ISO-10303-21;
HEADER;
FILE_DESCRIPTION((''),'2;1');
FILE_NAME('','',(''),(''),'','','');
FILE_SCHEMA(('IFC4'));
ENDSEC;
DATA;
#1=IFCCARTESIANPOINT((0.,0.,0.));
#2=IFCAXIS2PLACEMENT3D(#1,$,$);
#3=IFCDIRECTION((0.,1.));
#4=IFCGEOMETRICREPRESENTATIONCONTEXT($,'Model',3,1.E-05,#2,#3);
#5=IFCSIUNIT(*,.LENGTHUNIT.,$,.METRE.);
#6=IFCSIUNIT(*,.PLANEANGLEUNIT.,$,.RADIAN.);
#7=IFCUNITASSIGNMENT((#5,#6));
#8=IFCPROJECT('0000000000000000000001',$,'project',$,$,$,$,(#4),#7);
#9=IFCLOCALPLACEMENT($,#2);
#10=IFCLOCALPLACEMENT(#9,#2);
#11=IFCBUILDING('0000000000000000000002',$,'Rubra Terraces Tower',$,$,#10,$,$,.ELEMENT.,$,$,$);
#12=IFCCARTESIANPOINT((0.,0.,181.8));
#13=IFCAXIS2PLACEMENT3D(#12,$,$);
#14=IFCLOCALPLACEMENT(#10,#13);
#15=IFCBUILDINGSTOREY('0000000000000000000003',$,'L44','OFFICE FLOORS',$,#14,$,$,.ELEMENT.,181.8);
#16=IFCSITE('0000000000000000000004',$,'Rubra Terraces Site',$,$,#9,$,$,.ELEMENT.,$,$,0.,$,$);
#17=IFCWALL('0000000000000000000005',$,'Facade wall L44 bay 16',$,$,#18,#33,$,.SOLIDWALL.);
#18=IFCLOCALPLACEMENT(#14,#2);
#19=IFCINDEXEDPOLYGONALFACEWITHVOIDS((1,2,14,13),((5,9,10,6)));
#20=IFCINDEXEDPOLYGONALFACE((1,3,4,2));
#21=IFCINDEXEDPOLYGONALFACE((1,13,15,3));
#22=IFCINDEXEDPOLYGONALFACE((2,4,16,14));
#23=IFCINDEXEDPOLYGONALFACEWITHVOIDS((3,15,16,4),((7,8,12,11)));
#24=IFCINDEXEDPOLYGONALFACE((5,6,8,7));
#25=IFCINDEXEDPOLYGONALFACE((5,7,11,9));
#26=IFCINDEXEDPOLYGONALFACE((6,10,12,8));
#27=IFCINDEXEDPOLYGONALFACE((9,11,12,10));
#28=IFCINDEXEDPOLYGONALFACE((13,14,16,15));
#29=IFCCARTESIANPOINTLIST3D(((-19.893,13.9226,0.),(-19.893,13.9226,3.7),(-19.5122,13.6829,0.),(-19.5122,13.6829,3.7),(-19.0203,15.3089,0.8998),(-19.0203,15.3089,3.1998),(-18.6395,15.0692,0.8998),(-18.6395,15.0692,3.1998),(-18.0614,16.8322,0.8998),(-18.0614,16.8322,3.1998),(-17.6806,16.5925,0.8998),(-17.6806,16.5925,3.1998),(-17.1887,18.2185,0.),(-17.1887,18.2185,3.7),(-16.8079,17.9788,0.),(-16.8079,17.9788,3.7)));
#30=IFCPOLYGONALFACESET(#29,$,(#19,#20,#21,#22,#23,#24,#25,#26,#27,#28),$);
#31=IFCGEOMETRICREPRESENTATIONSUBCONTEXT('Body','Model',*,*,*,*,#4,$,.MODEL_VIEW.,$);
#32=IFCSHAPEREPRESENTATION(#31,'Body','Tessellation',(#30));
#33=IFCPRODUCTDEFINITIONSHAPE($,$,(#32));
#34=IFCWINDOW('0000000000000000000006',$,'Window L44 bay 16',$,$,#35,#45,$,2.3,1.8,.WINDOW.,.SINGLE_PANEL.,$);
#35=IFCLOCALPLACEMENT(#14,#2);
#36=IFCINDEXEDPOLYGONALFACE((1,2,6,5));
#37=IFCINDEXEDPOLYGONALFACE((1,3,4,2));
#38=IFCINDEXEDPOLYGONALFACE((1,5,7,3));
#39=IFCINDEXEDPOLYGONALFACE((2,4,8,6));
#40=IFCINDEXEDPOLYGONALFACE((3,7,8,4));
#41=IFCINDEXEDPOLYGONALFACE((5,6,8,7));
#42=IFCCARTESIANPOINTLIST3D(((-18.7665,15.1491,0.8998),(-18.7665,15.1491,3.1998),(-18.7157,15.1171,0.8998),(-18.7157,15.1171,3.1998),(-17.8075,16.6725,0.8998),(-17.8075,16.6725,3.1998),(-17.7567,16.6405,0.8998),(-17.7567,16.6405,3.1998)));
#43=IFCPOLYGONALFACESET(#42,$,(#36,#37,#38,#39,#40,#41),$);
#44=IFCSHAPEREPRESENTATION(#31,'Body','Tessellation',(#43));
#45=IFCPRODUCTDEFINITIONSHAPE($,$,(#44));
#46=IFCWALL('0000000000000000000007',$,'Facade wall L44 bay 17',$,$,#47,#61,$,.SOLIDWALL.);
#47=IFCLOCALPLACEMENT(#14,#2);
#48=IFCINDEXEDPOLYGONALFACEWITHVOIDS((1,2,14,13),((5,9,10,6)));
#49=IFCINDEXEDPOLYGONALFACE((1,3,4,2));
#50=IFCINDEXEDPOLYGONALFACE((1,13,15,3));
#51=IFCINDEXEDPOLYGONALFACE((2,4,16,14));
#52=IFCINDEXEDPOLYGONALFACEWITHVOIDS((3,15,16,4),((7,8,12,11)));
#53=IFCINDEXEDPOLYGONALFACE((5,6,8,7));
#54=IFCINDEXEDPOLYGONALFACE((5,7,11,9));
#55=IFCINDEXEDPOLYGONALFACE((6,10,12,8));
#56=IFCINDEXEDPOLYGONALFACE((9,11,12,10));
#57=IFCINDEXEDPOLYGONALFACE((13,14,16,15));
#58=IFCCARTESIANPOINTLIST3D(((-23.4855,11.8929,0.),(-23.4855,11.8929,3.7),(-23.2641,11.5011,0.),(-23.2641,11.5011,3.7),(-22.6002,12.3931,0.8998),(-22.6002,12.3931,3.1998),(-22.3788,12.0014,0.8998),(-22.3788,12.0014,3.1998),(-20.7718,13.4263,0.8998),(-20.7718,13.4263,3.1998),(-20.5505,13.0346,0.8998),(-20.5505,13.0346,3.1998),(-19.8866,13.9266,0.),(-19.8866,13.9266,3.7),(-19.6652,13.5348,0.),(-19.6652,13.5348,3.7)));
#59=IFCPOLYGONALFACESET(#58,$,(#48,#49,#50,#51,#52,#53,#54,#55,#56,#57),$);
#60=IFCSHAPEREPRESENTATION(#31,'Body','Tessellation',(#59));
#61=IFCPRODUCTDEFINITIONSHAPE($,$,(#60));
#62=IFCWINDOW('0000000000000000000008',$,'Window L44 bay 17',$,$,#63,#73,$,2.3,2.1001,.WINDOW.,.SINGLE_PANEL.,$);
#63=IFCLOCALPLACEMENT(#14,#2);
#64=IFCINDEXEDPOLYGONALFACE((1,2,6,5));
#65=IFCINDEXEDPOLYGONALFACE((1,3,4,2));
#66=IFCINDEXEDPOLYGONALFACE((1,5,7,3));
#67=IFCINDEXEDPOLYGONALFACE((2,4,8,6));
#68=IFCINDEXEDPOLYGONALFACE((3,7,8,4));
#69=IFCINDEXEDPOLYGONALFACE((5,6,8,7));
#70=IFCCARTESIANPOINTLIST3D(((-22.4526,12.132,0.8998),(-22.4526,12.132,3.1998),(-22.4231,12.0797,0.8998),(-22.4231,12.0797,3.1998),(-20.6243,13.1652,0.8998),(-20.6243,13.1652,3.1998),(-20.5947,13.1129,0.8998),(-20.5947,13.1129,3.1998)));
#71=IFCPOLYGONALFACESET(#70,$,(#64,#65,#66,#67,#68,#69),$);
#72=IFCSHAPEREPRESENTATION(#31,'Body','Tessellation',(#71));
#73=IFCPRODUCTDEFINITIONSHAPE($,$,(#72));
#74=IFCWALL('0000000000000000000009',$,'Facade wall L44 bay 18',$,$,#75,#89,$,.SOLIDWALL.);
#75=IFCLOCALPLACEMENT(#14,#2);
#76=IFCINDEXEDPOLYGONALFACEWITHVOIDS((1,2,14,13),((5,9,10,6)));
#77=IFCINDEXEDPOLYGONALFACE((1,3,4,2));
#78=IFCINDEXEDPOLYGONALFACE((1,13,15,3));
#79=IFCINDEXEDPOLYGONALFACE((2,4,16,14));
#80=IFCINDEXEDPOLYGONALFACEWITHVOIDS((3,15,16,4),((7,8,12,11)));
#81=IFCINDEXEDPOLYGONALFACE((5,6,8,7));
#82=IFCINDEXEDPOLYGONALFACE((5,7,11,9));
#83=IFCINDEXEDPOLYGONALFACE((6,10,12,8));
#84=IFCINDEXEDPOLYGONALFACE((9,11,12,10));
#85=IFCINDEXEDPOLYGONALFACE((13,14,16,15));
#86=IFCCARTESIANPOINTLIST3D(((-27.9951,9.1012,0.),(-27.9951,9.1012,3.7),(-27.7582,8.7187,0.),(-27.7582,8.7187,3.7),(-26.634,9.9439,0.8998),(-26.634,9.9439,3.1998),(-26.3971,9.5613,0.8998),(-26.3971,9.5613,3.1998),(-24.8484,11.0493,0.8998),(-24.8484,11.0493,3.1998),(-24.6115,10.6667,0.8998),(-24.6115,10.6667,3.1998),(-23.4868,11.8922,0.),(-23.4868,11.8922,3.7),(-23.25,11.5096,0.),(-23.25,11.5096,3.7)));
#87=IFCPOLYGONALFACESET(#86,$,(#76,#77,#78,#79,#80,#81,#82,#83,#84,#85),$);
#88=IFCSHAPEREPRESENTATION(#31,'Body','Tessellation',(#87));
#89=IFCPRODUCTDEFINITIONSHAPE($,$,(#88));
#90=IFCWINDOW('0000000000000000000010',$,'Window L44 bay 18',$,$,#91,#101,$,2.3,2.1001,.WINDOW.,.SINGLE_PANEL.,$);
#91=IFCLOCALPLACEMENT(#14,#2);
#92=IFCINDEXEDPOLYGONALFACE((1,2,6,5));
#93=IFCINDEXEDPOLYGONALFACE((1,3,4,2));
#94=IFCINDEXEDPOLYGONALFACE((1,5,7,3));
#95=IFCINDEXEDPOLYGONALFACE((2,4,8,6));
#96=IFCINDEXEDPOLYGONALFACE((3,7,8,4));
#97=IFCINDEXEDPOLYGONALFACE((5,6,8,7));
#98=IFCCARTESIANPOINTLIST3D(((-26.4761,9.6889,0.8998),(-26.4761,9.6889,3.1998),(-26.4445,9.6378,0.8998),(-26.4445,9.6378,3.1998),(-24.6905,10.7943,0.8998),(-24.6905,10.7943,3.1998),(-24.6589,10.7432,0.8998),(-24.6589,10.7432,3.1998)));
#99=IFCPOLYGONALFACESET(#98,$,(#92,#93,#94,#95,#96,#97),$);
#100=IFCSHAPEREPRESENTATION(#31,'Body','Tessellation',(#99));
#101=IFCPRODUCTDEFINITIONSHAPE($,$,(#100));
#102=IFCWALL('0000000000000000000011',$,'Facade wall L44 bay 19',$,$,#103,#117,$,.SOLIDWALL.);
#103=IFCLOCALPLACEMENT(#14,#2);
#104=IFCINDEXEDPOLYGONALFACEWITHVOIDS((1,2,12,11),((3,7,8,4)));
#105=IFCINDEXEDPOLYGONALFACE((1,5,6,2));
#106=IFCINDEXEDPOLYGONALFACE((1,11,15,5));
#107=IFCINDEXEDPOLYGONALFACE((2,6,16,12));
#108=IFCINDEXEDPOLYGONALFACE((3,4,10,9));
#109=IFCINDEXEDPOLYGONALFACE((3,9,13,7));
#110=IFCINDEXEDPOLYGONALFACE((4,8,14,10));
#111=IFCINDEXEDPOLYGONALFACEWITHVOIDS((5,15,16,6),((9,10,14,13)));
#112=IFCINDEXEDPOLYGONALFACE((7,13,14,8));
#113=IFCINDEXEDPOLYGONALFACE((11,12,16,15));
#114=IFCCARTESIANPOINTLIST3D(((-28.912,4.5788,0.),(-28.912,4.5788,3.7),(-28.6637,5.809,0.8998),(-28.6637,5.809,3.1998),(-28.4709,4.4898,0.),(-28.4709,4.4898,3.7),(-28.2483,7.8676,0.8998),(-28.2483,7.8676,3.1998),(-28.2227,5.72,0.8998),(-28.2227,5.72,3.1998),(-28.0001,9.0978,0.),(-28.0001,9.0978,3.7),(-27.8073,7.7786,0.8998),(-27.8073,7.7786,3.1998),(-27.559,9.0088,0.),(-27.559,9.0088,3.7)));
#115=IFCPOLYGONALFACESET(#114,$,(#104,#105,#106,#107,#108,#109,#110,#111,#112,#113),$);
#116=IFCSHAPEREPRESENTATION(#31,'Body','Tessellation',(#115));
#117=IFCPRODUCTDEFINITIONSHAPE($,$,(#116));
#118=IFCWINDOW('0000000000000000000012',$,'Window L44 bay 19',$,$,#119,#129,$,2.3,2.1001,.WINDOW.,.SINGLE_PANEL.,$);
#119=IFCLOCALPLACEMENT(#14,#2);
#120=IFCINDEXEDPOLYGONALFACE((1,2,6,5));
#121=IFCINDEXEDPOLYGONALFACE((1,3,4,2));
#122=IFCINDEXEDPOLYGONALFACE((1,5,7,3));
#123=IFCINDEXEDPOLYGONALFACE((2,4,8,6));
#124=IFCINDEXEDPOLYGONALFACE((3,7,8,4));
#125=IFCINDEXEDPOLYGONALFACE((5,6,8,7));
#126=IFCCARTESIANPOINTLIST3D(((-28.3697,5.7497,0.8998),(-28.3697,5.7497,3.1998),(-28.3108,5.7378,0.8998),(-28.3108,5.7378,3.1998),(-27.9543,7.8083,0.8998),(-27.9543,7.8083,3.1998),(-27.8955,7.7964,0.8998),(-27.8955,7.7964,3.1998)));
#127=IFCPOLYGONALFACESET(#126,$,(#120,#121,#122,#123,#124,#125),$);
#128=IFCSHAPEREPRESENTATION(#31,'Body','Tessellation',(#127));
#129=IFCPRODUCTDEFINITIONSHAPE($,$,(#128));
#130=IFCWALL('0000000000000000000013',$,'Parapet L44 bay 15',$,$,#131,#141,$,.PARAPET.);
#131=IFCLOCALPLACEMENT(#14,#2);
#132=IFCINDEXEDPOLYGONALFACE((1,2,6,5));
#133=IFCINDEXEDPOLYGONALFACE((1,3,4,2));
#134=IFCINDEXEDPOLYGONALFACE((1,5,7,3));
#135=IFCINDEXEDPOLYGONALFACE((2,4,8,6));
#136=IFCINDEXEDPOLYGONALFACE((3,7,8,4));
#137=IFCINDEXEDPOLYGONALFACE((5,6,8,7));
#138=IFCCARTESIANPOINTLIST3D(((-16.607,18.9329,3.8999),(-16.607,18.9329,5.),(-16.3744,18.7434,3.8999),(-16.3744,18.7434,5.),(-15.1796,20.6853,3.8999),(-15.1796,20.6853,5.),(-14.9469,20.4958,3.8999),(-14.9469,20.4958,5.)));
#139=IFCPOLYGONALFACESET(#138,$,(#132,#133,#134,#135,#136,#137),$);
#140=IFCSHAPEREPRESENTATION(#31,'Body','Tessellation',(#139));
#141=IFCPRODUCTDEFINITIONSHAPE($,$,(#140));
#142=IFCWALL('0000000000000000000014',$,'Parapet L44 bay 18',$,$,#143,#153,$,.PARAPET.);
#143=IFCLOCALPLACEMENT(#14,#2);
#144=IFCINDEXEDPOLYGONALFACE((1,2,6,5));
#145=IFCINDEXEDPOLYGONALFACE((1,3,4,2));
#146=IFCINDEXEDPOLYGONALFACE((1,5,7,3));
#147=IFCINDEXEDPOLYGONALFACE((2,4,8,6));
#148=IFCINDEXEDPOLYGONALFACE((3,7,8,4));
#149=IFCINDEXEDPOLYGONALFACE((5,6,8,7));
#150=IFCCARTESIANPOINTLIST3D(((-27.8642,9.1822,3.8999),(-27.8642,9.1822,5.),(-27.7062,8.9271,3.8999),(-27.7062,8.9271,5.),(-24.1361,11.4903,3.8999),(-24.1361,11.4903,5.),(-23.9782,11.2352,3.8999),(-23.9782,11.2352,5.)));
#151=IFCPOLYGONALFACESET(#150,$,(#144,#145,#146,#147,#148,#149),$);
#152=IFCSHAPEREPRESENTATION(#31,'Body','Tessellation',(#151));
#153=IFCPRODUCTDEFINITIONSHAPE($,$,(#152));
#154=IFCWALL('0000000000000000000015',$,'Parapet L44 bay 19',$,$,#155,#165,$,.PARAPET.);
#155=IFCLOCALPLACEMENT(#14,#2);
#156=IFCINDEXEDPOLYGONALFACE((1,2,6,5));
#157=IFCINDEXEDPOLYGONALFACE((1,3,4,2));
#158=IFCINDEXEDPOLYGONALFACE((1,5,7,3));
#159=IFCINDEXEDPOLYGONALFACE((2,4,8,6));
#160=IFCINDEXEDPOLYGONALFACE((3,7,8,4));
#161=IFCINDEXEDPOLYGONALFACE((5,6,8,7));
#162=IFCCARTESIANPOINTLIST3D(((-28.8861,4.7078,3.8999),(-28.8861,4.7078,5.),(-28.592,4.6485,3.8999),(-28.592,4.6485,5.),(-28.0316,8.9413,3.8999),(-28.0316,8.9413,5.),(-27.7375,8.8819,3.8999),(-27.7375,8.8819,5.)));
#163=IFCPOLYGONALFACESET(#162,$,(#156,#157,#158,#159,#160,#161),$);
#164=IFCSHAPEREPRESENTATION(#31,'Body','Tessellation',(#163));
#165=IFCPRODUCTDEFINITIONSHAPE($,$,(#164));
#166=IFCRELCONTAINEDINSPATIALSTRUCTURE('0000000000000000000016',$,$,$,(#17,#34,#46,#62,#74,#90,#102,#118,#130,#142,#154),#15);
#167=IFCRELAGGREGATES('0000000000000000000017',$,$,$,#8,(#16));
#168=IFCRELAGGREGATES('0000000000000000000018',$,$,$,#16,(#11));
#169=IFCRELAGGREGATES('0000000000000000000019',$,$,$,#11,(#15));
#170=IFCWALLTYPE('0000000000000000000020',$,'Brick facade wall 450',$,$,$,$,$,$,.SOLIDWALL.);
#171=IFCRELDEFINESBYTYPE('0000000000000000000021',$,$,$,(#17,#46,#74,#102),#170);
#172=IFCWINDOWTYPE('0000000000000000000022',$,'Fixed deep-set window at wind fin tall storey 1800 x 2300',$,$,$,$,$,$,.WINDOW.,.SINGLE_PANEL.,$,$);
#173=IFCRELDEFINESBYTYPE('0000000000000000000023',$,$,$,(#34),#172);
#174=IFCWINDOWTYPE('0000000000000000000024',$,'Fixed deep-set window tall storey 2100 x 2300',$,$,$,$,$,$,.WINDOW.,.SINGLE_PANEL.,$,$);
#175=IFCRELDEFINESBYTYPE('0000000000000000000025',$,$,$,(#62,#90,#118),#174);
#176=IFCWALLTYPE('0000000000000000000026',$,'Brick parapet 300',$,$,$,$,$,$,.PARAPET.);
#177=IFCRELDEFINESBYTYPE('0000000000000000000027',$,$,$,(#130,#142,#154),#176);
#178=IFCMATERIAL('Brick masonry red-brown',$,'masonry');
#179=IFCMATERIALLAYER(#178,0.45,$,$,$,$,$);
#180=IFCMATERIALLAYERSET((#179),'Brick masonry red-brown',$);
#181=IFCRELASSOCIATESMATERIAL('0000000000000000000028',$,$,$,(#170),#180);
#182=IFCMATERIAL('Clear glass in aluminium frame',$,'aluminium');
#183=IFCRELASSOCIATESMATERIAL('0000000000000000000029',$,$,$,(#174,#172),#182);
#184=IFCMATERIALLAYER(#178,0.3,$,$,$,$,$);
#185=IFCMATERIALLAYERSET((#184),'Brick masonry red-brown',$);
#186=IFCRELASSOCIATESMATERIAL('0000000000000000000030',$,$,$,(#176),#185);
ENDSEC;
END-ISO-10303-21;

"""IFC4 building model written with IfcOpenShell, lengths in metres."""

from ifc_helpers import new_model, si_unit, direction, frame, frame_2d, origin, place, context, subcontext, project, spatial, rectangle, extrude, material, layer, layer_set, type_object, element, fill, save


model = new_model("IFC4")

# Units and contexts
model_context = context("Model", 3, precision=1e-05, world=origin(), true_north=direction((0.0, 1.0)))
body_context = subcontext(model_context, "Body", "Model", "MODEL_VIEW")
ifc_project = project(units=[si_unit("LENGTHUNIT", "METRE"), si_unit("PLANEANGLEUNIT", "RADIAN")], contexts=[model_context])

# Site, building, storey
site_placement = place(None, origin())
site = spatial("IfcSite", under=ifc_project, at=site_placement, Name="Rubra Terraces Site", CompositionType="ELEMENT", RefElevation=0.0)
building_placement = place(site_placement, origin())
building = spatial("IfcBuilding", under=site, at=building_placement, Name="Rubra Terraces Tower", CompositionType="ELEMENT")
storey_placement = place(building_placement, frame((0.0, 0.0, 181.8)))
storey = spatial("IfcBuildingStorey", under=building, at=storey_placement, Name="L44", Description="OFFICE FLOORS", CompositionType="ELEMENT", Elevation=181.8)

# Walls, openings, windows
ifc_material_1 = material(Name="Brick masonry red-brown", Category="masonry")
ifc_layer_1 = layer(ifc_material_1, 0.45)
ifc_layer_set_1 = layer_set([ifc_layer_1], Name="Brick masonry red-brown")
wall_type_1 = type_object("IfcWallType", Name="Brick facade wall 450", PredefinedType="SOLIDWALL", material=ifc_layer_set_1)
ifc_material_2 = material(Name="Clear glass in aluminium frame", Category="aluminium")
window_type_1 = type_object("IfcWindowType", Name="Fixed deep-set window tall storey 2100 x 2300", PartitioningType="SINGLE_PANEL", PredefinedType="WINDOW", material=ifc_material_2)
wall_1_placement = place(storey_placement, frame((-16.9983, 18.0986, 0.0), z_axis=(0.0, 0.0, 1.0), x_axis=(-0.532746, -0.846275, 0.0)))
wall_1 = element("IfcWall", 1, at=wall_1_placement, inside=storey, type_object=wall_type_1, Name="Facade wall L44 bay 16", PredefinedType="SOLIDWALL", context=body_context, shape_type="SweptSolid", body=[
    extrude(rectangle(XDim=5.0762, YDim=0.45, at=frame_2d((2.5381, 0.0))), origin(), (0.0, 0.0, 1.0), 3.7),
])
opening_1_placement = place(wall_1_placement, frame((1.6382, 0.0, 0.8999)))
opening_1 = element("IfcOpeningElement", 2, at=opening_1_placement, cuts=wall_1, PredefinedType="OPENING", context=body_context, shape_type="SweptSolid", body=[
    extrude(rectangle(XDim=1.8, YDim=2.3, at=frame_2d((0.8999, 1.1499))), frame((0.0, 0.2349, 0.0), z_axis=(0.0, -1.0, 0.0), x_axis=(1.0, 0.0, 0.0)), (0.0, 0.0, 1.0), 0.47),
])
window_type_2 = type_object("IfcWindowType", Name="Fixed deep-set window at wind fin tall storey 1800 x 2300", PartitioningType="SINGLE_PANEL", PredefinedType="WINDOW", material=ifc_material_2)
window_1_placement = place(opening_1_placement, origin())
window_1 = element("IfcWindow", 3, at=window_1_placement, inside=storey, type_object=window_type_2, Name="Window L44 bay 16", OverallHeight=2.3, OverallWidth=1.8, PartitioningType="SINGLE_PANEL", PredefinedType="WINDOW", context=body_context, shape_type="SweptSolid", body=[
    extrude(rectangle(XDim=1.8, YDim=2.3, at=frame_2d((0.8999, 1.1499))), frame((0.0, 0.135, 0.0), z_axis=(0.0, -1.0, 0.0), x_axis=(1.0, 0.0, 0.0)), (0.0, 0.0, 1.0), 0.0601),
])
fill(opening_1, window_1)
wall_2_placement = place(storey_placement, frame((-19.7759, 13.7307, 0.0), z_axis=(0.0, 0.0, 1.0), x_axis=(-0.87061, -0.491974, 0.0)))
wall_2 = element("IfcWall", 4, at=wall_2_placement, inside=storey, type_object=wall_type_1, Name="Facade wall L44 bay 17", PredefinedType="SOLIDWALL", context=body_context, shape_type="SweptSolid", body=[
    extrude(rectangle(XDim=4.1338, YDim=0.45, at=frame_2d((2.0669, 0.0))), origin(), (0.0, 0.0, 1.0), 3.7),
])
opening_2_placement = place(wall_2_placement, frame((1.0168, 0.0, 0.8999)))
opening_2 = element("IfcOpeningElement", 5, at=opening_2_placement, cuts=wall_2, PredefinedType="OPENING", context=body_context, shape_type="SweptSolid", body=[
    extrude(rectangle(XDim=2.1001, YDim=2.3, at=frame_2d((1.05, 1.1499))), frame((0.0, 0.2349, 0.0), z_axis=(0.0, -1.0, 0.0), x_axis=(1.0, 0.0, 0.0)), (0.0, 0.0, 1.0), 0.47),
])
window_2_placement = place(opening_2_placement, origin())
window_2 = element("IfcWindow", 6, at=window_2_placement, inside=storey, type_object=window_type_1, Name="Window L44 bay 17", OverallHeight=2.3, OverallWidth=2.1001, PartitioningType="SINGLE_PANEL", PredefinedType="WINDOW", context=body_context, shape_type="SweptSolid", body=[
    extrude(rectangle(XDim=2.1001, YDim=2.3, at=frame_2d((1.05, 1.1499))), frame((0.0, 0.135, 0.0), z_axis=(0.0, -1.0, 0.0), x_axis=(1.0, 0.0, 0.0)), (0.0, 0.0, 1.0), 0.0601),
])
fill(opening_2, window_2)
wall_3_placement = place(storey_placement, frame((-23.3684, 11.7009, 0.0), z_axis=(0.0, 0.0, 1.0), x_axis=(-0.850251, -0.526377, 0.0)))
wall_3 = element("IfcWall", 7, at=wall_3_placement, inside=storey, type_object=wall_type_1, Name="Facade wall L44 bay 18", PredefinedType="SOLIDWALL", context=body_context, shape_type="SweptSolid", body=[
    extrude(rectangle(XDim=5.3022, YDim=0.45, at=frame_2d((2.6511, 0.0))), origin(), (0.0, 0.0, 1.0), 3.7),
])
opening_3_placement = place(wall_3_placement, frame((1.6013, 0.0, 0.8999)))
opening_3 = element("IfcOpeningElement", 8, at=opening_3_placement, cuts=wall_3, PredefinedType="OPENING", context=body_context, shape_type="SweptSolid", body=[
    extrude(rectangle(XDim=2.1001, YDim=2.3, at=frame_2d((1.05, 1.1499))), frame((0.0, 0.2349, 0.0), z_axis=(0.0, -1.0, 0.0), x_axis=(1.0, 0.0, 0.0)), (0.0, 0.0, 1.0), 0.47),
])
window_3_placement = place(opening_3_placement, origin())
window_3 = element("IfcWindow", 9, at=window_3_placement, inside=storey, type_object=window_type_1, Name="Window L44 bay 18", OverallHeight=2.3, OverallWidth=2.1001, PartitioningType="SINGLE_PANEL", PredefinedType="WINDOW", context=body_context, shape_type="SweptSolid", body=[
    extrude(rectangle(XDim=2.1001, YDim=2.3, at=frame_2d((1.05, 1.1499))), frame((0.0, 0.135, 0.0), z_axis=(0.0, -1.0, 0.0), x_axis=(1.0, 0.0, 0.0)), (0.0, 0.0, 1.0), 0.0601),
])
fill(opening_3, window_3)
wall_4_placement = place(storey_placement, frame((-27.7795, 9.0535, 0.0), z_axis=(0.0, 0.0, 1.0), x_axis=(-0.197796, -0.980243, 0.0)))
wall_4 = element("IfcWall", 10, at=wall_4_placement, inside=storey, type_object=wall_type_1, Name="Facade wall L44 bay 19", PredefinedType="SOLIDWALL", context=body_context, shape_type="SweptSolid", body=[
    extrude(rectangle(XDim=4.6101, YDim=0.45, at=frame_2d((2.3052, 0.0))), origin(), (0.0, 0.0, 1.0), 3.7),
])
opening_4_placement = place(wall_4_placement, frame((1.2551, 0.0, 0.8999)))
opening_4 = element("IfcOpeningElement", 11, at=opening_4_placement, cuts=wall_4, PredefinedType="OPENING", context=body_context, shape_type="SweptSolid", body=[
    extrude(rectangle(XDim=2.1001, YDim=2.3, at=frame_2d((1.05, 1.1499))), frame((0.0, 0.2349, 0.0), z_axis=(0.0, -1.0, 0.0), x_axis=(1.0, 0.0, 0.0)), (0.0, 0.0, 1.0), 0.47),
])
window_4_placement = place(opening_4_placement, origin())
window_4 = element("IfcWindow", 12, at=window_4_placement, inside=storey, type_object=window_type_1, Name="Window L44 bay 19", OverallHeight=2.3, OverallWidth=2.1001, PartitioningType="SINGLE_PANEL", PredefinedType="WINDOW", context=body_context, shape_type="SweptSolid", body=[
    extrude(rectangle(XDim=2.1001, YDim=2.3, at=frame_2d((1.05, 1.1499))), frame((0.0, 0.135, 0.0), z_axis=(0.0, -1.0, 0.0), x_axis=(1.0, 0.0, 0.0)), (0.0, 0.0, 1.0), 0.0601),
])
fill(opening_4, window_4)

# Walls
ifc_layer_2 = layer(ifc_material_1, 0.3)
ifc_layer_set_2 = layer_set([ifc_layer_2], Name="Brick masonry red-brown")
wall_type_2 = type_object("IfcWallType", Name="Brick parapet 300", PredefinedType="PARAPET", material=ifc_layer_set_2)
wall_5_placement = place(storey_placement, frame((-15.0632, 20.5906, 3.8999), z_axis=(0.0, 0.0, 1.0), x_axis=(-0.63156, -0.775327, 0.0)))
element("IfcWall", 13, at=wall_5_placement, inside=storey, type_object=wall_type_2, Name="Parapet L44 bay 15", PredefinedType="PARAPET", context=body_context, shape_type="SweptSolid", body=[
    extrude(rectangle(XDim=2.2603, YDim=0.3, at=frame_2d((1.1301, 0.0))), origin(), (0.0, 0.0, 1.0), 1.1001),
])
wall_6_placement = place(storey_placement, frame((-24.0571, 11.3628, 3.8999), z_axis=(0.0, 0.0, 1.0), x_axis=(-0.850237, -0.526401, 0.0)))
element("IfcWall", 14, at=wall_6_placement, inside=storey, type_object=wall_type_2, Name="Parapet L44 bay 18", PredefinedType="PARAPET", context=body_context, shape_type="SweptSolid", body=[
    extrude(rectangle(XDim=4.3848, YDim=0.3, at=frame_2d((2.1924, 0.0))), origin(), (0.0, 0.0, 1.0), 1.1001),
])
wall_7_placement = place(storey_placement, frame((-27.8845, 8.9116, 3.8999), z_axis=(0.0, 0.0, 1.0), x_axis=(-0.197855, -0.980231, 0.0)))
element("IfcWall", 15, at=wall_7_placement, inside=storey, type_object=wall_type_2, Name="Parapet L44 bay 19", PredefinedType="PARAPET", context=body_context, shape_type="SweptSolid", body=[
    extrude(rectangle(XDim=4.3188, YDim=0.3, at=frame_2d((2.1594, 0.0))), origin(), (0.0, 0.0, 1.0), 1.1001),
])

save(model, "model.ifc")
